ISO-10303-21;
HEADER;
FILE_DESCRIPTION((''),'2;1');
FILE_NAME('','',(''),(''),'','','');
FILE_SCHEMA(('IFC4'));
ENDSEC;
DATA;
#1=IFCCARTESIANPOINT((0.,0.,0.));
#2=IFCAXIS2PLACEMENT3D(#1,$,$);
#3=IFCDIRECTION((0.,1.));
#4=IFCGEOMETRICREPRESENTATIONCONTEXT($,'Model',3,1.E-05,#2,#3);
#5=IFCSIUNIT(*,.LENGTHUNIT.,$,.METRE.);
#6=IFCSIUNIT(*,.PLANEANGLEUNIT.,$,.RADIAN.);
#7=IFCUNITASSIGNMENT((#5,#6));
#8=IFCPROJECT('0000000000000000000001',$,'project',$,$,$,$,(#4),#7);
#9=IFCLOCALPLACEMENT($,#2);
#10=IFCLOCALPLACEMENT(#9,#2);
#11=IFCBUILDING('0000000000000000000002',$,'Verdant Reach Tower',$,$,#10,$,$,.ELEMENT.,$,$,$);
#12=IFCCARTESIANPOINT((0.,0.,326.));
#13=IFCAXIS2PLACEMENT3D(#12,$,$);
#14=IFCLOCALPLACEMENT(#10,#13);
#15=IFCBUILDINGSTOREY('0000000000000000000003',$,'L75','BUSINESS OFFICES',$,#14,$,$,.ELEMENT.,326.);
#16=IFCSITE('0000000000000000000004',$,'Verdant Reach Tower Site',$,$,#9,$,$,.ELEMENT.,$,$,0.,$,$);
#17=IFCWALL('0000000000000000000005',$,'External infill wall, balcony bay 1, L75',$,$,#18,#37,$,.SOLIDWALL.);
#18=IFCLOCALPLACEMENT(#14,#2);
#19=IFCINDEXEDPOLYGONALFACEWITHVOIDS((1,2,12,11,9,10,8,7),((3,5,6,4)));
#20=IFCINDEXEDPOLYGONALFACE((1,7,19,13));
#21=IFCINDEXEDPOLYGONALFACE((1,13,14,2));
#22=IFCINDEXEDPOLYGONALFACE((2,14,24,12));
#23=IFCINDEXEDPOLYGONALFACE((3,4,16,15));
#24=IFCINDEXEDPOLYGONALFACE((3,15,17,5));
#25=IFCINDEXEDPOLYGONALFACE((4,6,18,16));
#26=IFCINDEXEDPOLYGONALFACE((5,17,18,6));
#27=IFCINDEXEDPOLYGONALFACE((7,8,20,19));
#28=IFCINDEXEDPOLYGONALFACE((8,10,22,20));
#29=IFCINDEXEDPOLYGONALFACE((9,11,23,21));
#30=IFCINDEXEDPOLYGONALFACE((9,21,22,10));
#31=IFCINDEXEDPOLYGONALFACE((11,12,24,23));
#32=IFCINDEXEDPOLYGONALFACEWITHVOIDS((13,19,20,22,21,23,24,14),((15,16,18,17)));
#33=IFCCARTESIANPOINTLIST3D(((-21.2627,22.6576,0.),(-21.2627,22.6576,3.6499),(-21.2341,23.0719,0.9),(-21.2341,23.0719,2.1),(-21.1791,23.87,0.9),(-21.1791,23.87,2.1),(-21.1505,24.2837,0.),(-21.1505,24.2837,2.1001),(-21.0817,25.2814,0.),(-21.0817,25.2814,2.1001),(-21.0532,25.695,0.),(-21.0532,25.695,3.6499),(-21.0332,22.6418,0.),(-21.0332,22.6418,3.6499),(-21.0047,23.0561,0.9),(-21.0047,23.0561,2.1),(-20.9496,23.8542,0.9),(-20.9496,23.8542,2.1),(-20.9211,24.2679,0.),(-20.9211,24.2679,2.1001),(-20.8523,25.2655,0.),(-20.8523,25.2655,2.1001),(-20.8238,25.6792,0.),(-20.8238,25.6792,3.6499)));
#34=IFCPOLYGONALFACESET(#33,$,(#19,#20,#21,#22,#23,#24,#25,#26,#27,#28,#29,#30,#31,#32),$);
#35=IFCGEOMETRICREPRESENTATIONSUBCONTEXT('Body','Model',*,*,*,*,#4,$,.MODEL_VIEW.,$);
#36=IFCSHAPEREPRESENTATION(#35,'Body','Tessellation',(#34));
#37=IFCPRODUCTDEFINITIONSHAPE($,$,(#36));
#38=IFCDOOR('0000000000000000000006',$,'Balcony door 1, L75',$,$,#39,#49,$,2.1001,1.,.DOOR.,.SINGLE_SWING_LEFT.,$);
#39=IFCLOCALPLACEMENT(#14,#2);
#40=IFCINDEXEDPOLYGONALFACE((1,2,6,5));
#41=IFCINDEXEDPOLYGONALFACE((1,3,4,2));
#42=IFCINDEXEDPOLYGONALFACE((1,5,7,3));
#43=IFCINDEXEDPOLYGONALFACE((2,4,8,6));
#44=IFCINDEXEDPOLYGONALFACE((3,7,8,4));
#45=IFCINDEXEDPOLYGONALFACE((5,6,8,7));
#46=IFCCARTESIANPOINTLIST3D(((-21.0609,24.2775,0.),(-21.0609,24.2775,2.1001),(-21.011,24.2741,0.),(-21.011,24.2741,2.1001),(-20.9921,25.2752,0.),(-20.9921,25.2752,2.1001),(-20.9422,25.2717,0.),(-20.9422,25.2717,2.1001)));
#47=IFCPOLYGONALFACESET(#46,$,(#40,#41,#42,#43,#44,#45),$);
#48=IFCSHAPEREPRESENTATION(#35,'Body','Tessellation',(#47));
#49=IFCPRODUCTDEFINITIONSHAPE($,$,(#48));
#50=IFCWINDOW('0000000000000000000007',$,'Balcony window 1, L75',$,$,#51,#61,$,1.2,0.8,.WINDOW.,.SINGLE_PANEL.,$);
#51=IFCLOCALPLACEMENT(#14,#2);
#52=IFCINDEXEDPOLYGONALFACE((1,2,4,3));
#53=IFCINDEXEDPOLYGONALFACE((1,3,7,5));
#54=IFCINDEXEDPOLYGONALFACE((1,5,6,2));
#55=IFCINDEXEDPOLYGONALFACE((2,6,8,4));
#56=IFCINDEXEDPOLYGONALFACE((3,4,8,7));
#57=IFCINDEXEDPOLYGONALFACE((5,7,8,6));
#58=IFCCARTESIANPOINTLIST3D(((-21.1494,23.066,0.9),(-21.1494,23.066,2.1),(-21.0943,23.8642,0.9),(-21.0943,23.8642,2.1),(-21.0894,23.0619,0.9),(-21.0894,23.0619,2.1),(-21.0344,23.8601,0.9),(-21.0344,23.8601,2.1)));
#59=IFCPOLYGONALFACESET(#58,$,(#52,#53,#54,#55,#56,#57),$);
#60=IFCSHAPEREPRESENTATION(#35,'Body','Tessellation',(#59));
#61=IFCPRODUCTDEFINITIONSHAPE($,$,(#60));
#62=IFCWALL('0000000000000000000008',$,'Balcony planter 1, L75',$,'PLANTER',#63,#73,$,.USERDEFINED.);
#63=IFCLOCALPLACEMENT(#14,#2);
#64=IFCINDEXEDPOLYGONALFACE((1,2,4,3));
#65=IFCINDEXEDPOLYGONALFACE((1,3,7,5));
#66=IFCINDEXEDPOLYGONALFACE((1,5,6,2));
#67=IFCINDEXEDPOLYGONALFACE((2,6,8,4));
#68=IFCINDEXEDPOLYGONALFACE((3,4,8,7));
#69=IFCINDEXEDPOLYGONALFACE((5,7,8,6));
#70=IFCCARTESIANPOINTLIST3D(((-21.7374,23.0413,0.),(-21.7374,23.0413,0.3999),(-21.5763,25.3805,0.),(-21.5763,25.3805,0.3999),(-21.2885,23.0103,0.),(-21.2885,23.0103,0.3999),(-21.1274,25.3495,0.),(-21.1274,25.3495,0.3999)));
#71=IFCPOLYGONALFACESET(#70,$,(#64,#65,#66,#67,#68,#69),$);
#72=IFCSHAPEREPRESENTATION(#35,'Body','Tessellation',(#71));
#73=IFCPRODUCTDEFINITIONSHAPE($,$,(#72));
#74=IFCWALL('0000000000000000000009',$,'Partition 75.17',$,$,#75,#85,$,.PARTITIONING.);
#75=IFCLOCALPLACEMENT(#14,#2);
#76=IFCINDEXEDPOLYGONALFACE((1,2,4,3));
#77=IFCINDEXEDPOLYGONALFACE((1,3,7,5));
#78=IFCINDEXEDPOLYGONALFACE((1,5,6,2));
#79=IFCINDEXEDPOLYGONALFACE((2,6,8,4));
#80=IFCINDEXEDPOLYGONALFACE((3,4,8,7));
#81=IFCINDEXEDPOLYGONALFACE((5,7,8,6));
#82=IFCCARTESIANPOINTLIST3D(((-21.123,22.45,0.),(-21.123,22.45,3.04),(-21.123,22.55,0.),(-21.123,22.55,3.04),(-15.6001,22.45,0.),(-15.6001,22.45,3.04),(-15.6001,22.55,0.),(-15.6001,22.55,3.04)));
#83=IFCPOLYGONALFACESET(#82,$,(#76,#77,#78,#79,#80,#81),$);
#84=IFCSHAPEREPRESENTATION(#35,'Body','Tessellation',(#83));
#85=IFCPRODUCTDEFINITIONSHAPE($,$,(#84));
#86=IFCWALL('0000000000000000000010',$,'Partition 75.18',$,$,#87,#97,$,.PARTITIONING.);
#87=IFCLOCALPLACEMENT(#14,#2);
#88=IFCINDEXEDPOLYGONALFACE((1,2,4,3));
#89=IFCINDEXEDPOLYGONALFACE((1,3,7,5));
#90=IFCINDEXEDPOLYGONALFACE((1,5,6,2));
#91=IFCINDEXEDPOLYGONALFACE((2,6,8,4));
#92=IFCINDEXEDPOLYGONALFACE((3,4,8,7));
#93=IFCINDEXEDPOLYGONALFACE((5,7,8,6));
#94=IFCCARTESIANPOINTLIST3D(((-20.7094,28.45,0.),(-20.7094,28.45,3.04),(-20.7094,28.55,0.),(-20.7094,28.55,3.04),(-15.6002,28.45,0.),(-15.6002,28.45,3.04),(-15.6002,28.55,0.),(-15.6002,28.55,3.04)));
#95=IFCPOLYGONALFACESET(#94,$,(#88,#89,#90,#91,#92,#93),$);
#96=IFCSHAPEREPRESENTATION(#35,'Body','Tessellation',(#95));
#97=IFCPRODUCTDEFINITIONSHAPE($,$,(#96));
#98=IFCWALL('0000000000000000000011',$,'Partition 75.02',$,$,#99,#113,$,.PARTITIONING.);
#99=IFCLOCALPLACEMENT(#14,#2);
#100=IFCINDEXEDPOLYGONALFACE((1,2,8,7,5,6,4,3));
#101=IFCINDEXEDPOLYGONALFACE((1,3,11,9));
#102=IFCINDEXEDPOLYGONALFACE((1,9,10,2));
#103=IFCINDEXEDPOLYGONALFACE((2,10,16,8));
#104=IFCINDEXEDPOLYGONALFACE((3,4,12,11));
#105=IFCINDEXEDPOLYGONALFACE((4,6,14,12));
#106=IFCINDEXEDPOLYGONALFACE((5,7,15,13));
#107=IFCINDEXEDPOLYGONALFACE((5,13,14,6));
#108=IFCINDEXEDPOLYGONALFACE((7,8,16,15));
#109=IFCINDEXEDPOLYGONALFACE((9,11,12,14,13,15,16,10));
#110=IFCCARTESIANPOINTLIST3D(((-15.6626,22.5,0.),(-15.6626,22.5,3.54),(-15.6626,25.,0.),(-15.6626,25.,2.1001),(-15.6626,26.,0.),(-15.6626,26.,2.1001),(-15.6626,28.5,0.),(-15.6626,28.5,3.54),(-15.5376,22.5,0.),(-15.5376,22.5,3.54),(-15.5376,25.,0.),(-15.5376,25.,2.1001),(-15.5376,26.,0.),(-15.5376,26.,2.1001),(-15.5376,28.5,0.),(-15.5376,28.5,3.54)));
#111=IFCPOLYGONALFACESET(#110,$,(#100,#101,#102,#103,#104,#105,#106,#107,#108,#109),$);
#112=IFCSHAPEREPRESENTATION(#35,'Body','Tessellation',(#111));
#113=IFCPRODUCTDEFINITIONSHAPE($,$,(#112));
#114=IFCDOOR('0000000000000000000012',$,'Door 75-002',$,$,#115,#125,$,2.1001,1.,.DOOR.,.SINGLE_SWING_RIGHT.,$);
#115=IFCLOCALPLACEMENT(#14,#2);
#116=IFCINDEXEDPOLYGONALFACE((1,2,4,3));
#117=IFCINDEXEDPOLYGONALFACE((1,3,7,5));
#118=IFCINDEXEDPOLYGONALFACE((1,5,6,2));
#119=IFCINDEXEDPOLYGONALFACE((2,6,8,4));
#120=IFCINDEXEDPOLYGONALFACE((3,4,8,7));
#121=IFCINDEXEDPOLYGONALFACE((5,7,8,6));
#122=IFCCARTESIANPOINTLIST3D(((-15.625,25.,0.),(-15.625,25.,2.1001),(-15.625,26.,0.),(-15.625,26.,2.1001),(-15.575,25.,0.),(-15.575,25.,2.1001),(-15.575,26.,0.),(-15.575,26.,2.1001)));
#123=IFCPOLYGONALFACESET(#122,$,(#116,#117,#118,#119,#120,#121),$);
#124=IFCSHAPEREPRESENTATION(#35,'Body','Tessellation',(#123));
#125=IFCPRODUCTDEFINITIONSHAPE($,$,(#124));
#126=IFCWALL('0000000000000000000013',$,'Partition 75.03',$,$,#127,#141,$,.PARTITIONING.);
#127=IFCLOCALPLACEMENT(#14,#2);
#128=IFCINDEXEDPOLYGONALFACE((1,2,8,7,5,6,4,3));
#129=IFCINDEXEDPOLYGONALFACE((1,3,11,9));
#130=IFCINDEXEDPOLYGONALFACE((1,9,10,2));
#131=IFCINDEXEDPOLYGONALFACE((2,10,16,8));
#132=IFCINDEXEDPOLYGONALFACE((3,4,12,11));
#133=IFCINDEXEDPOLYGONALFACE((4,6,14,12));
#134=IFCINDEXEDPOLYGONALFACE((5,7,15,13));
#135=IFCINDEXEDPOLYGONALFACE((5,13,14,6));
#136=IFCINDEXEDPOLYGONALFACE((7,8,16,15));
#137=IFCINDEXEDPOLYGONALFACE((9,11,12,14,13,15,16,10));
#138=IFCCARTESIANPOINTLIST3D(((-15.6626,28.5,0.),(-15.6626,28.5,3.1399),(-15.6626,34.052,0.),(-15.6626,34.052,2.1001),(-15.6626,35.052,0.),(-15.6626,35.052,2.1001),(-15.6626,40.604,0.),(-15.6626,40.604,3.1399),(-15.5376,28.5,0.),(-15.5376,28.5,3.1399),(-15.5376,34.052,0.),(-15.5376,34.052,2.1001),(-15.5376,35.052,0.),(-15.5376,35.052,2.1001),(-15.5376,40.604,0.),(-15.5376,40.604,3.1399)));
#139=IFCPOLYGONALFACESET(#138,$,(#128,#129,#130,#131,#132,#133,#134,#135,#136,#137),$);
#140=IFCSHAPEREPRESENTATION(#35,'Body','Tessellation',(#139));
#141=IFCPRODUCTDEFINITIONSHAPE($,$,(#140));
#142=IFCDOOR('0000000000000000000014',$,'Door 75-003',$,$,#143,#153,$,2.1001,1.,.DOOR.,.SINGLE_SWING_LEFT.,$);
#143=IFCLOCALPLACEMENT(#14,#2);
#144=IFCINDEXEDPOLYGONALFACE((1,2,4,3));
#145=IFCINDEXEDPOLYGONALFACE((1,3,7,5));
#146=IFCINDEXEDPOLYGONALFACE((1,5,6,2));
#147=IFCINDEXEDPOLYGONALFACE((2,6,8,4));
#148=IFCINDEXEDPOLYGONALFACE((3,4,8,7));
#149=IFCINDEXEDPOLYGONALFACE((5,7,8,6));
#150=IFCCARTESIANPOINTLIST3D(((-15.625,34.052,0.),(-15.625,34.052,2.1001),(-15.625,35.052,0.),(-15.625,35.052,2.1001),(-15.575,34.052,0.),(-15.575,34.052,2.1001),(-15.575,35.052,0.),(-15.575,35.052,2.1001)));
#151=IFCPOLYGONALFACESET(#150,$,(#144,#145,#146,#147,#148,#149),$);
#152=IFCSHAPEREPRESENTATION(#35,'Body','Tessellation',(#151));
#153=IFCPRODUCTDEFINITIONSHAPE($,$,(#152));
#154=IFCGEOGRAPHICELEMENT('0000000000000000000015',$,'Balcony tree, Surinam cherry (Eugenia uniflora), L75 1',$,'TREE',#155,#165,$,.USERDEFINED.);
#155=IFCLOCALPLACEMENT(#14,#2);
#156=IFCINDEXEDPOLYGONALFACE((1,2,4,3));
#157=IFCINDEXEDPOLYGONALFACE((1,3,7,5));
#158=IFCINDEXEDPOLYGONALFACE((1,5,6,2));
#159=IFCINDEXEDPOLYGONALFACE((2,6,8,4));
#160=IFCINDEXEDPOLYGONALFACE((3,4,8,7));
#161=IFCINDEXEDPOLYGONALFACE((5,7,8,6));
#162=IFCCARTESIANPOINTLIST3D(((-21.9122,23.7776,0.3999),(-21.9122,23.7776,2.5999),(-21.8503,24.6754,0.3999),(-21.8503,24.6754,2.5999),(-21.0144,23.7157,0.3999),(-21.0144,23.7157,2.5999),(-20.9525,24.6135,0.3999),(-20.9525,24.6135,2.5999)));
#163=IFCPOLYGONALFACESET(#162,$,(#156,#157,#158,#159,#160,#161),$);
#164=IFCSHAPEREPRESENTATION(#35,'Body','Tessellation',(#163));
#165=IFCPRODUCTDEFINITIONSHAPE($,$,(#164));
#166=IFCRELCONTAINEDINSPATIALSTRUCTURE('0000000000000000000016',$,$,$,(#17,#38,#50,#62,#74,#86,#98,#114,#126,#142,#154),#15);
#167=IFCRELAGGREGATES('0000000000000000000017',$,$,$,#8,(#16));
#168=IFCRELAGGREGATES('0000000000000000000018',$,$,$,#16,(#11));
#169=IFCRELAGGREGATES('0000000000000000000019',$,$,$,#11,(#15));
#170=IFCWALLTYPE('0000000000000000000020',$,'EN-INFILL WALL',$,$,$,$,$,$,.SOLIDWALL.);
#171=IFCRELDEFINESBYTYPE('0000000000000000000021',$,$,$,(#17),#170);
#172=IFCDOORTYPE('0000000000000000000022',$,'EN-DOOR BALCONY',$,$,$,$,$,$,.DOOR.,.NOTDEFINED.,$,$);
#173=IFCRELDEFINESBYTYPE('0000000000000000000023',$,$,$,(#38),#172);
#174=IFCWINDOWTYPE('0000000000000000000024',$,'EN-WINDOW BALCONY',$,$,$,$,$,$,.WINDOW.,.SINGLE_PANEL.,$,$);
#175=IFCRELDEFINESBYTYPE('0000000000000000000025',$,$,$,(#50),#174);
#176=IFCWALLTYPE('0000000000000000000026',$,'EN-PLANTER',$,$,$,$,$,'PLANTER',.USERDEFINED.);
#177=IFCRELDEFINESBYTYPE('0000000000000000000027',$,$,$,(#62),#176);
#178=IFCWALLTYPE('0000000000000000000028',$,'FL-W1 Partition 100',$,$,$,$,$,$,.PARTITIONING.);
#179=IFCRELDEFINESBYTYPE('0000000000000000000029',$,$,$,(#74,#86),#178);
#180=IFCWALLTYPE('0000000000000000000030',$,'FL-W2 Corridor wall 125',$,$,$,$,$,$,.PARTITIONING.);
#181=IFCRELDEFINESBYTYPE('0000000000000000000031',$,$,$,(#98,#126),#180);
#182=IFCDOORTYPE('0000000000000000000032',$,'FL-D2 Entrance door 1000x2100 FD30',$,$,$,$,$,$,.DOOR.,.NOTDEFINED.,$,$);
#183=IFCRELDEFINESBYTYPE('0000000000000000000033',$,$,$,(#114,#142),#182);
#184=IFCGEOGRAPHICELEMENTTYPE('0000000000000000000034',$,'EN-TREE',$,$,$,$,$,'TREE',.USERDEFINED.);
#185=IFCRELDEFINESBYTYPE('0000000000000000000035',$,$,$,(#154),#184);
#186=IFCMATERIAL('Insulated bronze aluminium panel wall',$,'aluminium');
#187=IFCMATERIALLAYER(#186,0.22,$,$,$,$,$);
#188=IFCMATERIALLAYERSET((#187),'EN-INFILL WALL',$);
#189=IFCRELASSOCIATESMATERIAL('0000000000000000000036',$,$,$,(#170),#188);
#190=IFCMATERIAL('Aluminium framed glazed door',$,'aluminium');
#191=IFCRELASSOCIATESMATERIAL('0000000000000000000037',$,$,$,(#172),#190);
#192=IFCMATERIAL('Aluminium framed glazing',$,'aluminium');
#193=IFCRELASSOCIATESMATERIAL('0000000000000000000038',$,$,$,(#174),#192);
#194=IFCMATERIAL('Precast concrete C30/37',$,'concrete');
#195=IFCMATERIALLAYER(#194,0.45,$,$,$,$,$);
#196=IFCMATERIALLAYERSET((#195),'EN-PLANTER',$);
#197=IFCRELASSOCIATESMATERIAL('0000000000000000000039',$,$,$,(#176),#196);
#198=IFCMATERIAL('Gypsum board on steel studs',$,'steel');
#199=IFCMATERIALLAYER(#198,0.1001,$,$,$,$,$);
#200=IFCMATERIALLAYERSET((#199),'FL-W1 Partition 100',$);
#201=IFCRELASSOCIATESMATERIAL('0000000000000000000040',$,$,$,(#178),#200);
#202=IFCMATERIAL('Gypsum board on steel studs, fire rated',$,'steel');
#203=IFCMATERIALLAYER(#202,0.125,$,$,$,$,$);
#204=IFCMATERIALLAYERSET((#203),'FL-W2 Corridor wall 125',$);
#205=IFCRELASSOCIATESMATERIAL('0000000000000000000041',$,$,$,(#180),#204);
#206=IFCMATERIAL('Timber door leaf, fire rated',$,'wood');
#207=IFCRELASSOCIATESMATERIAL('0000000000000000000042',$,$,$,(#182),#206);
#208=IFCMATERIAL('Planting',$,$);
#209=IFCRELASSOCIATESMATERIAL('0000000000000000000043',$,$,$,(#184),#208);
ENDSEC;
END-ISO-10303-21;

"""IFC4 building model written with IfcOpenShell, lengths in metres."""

from ifc_helpers import new_model, si_unit, direction, frame, frame_2d, origin, origin_2d, place, context, subcontext, project, spatial, rectangle, extrude, material, layer, layer_set, type_object, element, fill, save


model = new_model("IFC4")

# Units and contexts
model_context = context("Model", 3, precision=1e-05, world=origin(), true_north=direction((0.0, 1.0)))
body_context = subcontext(model_context, "Body", "Model", "MODEL_VIEW")
ifc_project = project(units=[si_unit("LENGTHUNIT", "METRE"), si_unit("PLANEANGLEUNIT", "RADIAN")], contexts=[model_context])

# Site, building, storey
site_placement = place(None, origin())
site = spatial("IfcSite", under=ifc_project, at=site_placement, Name="Verdant Reach Tower Site", CompositionType="ELEMENT", RefElevation=0.0)
building_placement = place(site_placement, origin())
building = spatial("IfcBuilding", under=site, at=building_placement, Name="Verdant Reach Tower", CompositionType="ELEMENT")
storey_placement = place(building_placement, frame((0.0, 0.0, 326.0)))
storey = spatial("IfcBuildingStorey", under=building, at=storey_placement, Name="L75", Description="BUSINESS OFFICES", CompositionType="ELEMENT", Elevation=326.0)

# Wall, openings, door, window
ifc_material_1 = material(Name="Insulated bronze aluminium panel wall", Category="aluminium")
ifc_layer_1 = layer(ifc_material_1, 0.22)
ifc_layer_set_1 = layer_set([ifc_layer_1], Name="EN-INFILL WALL")
wall_type_1 = type_object("IfcWallType", Name="EN-INFILL WALL", PredefinedType="SOLIDWALL", material=ifc_layer_set_1)
wall_1_placement = place(storey_placement, frame((-20.9385, 25.6873, 0.0), z_axis=(0.0, 0.0, 1.0), x_axis=(-0.068802, -0.99763, 0.0)))
wall_1 = element("IfcWall", 1, at=wall_1_placement, inside=storey, type_object=wall_type_1, Name="External infill wall, balcony bay 1, L75", PredefinedType="SOLIDWALL", context=body_context, shape_type="SweptSolid", body=[
    extrude(rectangle(XDim=3.0447, YDim=0.23, at=frame_2d((1.5225, 0.0))), origin(), (0.0, 0.0, 1.0), 3.6499),
])
opening_1_placement = place(wall_1_placement, frame((0.4148, 0.0, 0.0)))
opening_1 = element("IfcOpeningElement", 2, at=opening_1_placement, cuts=wall_1, PredefinedType="OPENING", context=body_context, shape_type="SweptSolid", body=[
    extrude(rectangle(XDim=1.0, YDim=2.1001, at=frame_2d((0.5, 1.05))), frame((0.0, 0.125, 0.0), z_axis=(0.0, -1.0, 0.0), x_axis=(1.0, 0.0, 0.0)), (0.0, 0.0, 1.0), 0.25),
])
opening_2_placement = place(wall_1_placement, frame((1.8296, 0.0, 0.8999)))
opening_2 = element("IfcOpeningElement", 3, at=opening_2_placement, cuts=wall_1, PredefinedType="OPENING", context=body_context, shape_type="SweptSolid", body=[
    extrude(rectangle(XDim=0.8, YDim=1.2, at=frame_2d((0.3999, 0.6001))), frame((0.0, 0.125, 0.0), z_axis=(0.0, -1.0, 0.0), x_axis=(1.0, 0.0, 0.0)), (0.0, 0.0, 1.0), 0.25),
])
ifc_material_2 = material(Name="Aluminium framed glazed door", Category="aluminium")
door_type_1 = type_object("IfcDoorType", Name="EN-DOOR BALCONY", OperationType="NOTDEFINED", PredefinedType="DOOR", material=ifc_material_2)
door_1_placement = place(opening_1_placement, origin())
door_1 = element("IfcDoor", 4, at=door_1_placement, inside=storey, type_object=door_type_1, Name="Balcony door 1, L75", OperationType="SINGLE_SWING_LEFT", OverallHeight=2.1001, OverallWidth=1.0, PredefinedType="DOOR", context=body_context, shape_type="SweptSolid", body=[
    extrude(rectangle(XDim=1.0, YDim=2.1001, at=frame_2d((0.5, 1.05))), frame((0.0, 0.0249, 0.0), z_axis=(0.0, -1.0, 0.0), x_axis=(1.0, 0.0, 0.0)), (0.0, 0.0, 1.0), 0.05),
])
fill(opening_1, door_1)
ifc_material_3 = material(Name="Aluminium framed glazing", Category="aluminium")
window_type = type_object("IfcWindowType", Name="EN-WINDOW BALCONY", PartitioningType="SINGLE_PANEL", PredefinedType="WINDOW", material=ifc_material_3)
window_placement = place(opening_2_placement, origin())
window = element("IfcWindow", 5, at=window_placement, inside=storey, type_object=window_type, Name="Balcony window 1, L75", OverallHeight=1.2, OverallWidth=0.8, PartitioningType="SINGLE_PANEL", PredefinedType="WINDOW", context=body_context, shape_type="SweptSolid", body=[
    extrude(rectangle(XDim=0.8, YDim=1.2, at=frame_2d((0.3999, 0.6001))), frame((0.0, 0.03, 0.0), z_axis=(0.0, -1.0, 0.0), x_axis=(1.0, 0.0, 0.0)), (0.0, 0.0, 1.0), 0.0601),
])
fill(opening_2, window)

# Walls
ifc_material_4 = material(Name="Precast concrete C30/37", Category="concrete")
ifc_layer_2 = layer(ifc_material_4, 0.45)
ifc_layer_set_2 = layer_set([ifc_layer_2], Name="EN-PLANTER")
wall_type_2 = type_object("IfcWallType", Name="EN-PLANTER", ElementType="PLANTER", PredefinedType="USERDEFINED", material=ifc_layer_set_2)
wall_2_placement = place(storey_placement, frame((-21.3518, 25.365, 0.0), z_axis=(0.0, 0.0, 1.0), x_axis=(-0.068723, -0.997636, 0.0)))
element("IfcWall", 6, at=wall_2_placement, inside=storey, type_object=wall_type_2, Name="Balcony planter 1, L75", ObjectType="PLANTER", PredefinedType="USERDEFINED", context=body_context, shape_type="SweptSolid", body=[
    extrude(rectangle(XDim=2.3447, YDim=0.45, at=frame_2d((1.1724, 0.0))), origin(), (0.0, 0.0, 1.0), 0.3999),
])
ifc_material_5 = material(Name="Gypsum board on steel studs", Category="steel")
ifc_layer_3 = layer(ifc_material_5, 0.1001)
ifc_layer_set_3 = layer_set([ifc_layer_3], Name="FL-W1 Partition 100")
wall_type_3 = type_object("IfcWallType", Name="FL-W1 Partition 100", PredefinedType="PARTITIONING", material=ifc_layer_set_3)
wall_3_placement = place(storey_placement, frame((-15.6001, 22.5, 0.0), z_axis=(0.0, 0.0, 1.0), x_axis=(-1.0, 0.0, 0.0)))
element("IfcWall", 7, at=wall_3_placement, inside=storey, type_object=wall_type_3, Name="Partition 75.17", PredefinedType="PARTITIONING", context=body_context, shape_type="SweptSolid", body=[
    extrude(rectangle(XDim=5.5229, YDim=0.1001, at=frame_2d((2.7615, 0.0))), origin(), (0.0, 0.0, 1.0), 3.04),
])
wall_4_placement = place(storey_placement, frame((-15.6001, 28.5, 0.0), z_axis=(0.0, 0.0, 1.0), x_axis=(-1.0, 0.0, 0.0)))
element("IfcWall", 8, at=wall_4_placement, inside=storey, type_object=wall_type_3, Name="Partition 75.18", PredefinedType="PARTITIONING", context=body_context, shape_type="SweptSolid", body=[
    extrude(rectangle(XDim=5.1091, YDim=0.1001, at=frame_2d((2.5547, 0.0))), origin(), (0.0, 0.0, 1.0), 3.04),
])

# Walls, openings, doors
ifc_material_6 = material(Name="Gypsum board on steel studs, fire rated", Category="steel")
ifc_layer_4 = layer(ifc_material_6, 0.125)
ifc_layer_set_4 = layer_set([ifc_layer_4], Name="FL-W2 Corridor wall 125")
wall_type_4 = type_object("IfcWallType", Name="FL-W2 Corridor wall 125", PredefinedType="PARTITIONING", material=ifc_layer_set_4)
wall_5_placement = place(storey_placement, frame((-15.6001, 22.5, 0.0), z_axis=(0.0, 0.0, 1.0), x_axis=(0.0, 1.0, 0.0)))
wall_5 = element("IfcWall", 9, at=wall_5_placement, inside=storey, type_object=wall_type_4, Name="Partition 75.02", PredefinedType="PARTITIONING", context=body_context, shape_type="SweptSolid", body=[
    extrude(rectangle(XDim=6.0, YDim=0.125, at=frame_2d((3.0, 0.0))), origin(), (0.0, 0.0, 1.0), 3.54),
])
opening_3_placement = place(wall_5_placement, frame((2.5, 0.0, 0.0)))
opening_3 = element("IfcOpeningElement", 10, at=opening_3_placement, cuts=wall_5, PredefinedType="OPENING", context=body_context, shape_type="SweptSolid", body=[
    extrude(rectangle(XDim=1.0, YDim=2.1001, at=frame_2d((0.5, 1.05))), frame((0.0, 0.0725, 0.0), z_axis=(0.0, -1.0, 0.0), x_axis=(1.0, 0.0, 0.0)), (0.0, 0.0, 1.0), 0.145),
])
ifc_material_7 = material(Name="Timber door leaf, fire rated", Category="wood")
door_type_2 = type_object("IfcDoorType", Name="FL-D2 Entrance door 1000x2100 FD30", OperationType="NOTDEFINED", PredefinedType="DOOR", material=ifc_material_7)
door_2_placement = place(opening_3_placement, origin())
door_2 = element("IfcDoor", 11, at=door_2_placement, inside=storey, type_object=door_type_2, Name="Door 75-002", OperationType="SINGLE_SWING_RIGHT", OverallHeight=2.1001, OverallWidth=1.0, PredefinedType="DOOR", context=body_context, shape_type="SweptSolid", body=[
    extrude(rectangle(XDim=1.0, YDim=2.1001, at=frame_2d((0.5, 1.05))), frame((0.0, 0.0249, 0.0), z_axis=(0.0, -1.0, 0.0), x_axis=(1.0, 0.0, 0.0)), (0.0, 0.0, 1.0), 0.05),
])
fill(opening_3, door_2)
wall_6_placement = place(storey_placement, frame((-15.6001, 28.5, 0.0), z_axis=(0.0, 0.0, 1.0), x_axis=(0.0, 1.0, 0.0)))
wall_6 = element("IfcWall", 12, at=wall_6_placement, inside=storey, type_object=wall_type_4, Name="Partition 75.03", PredefinedType="PARTITIONING", context=body_context, shape_type="SweptSolid", body=[
    extrude(rectangle(XDim=12.104, YDim=0.125, at=frame_2d((6.052, 0.0))), origin(), (0.0, 0.0, 1.0), 3.1399),
])
opening_4_placement = place(wall_6_placement, frame((5.552, 0.0, 0.0)))
opening_4 = element("IfcOpeningElement", 13, at=opening_4_placement, cuts=wall_6, PredefinedType="OPENING", context=body_context, shape_type="SweptSolid", body=[
    extrude(rectangle(XDim=1.0, YDim=2.1001, at=frame_2d((0.5, 1.05))), frame((0.0, 0.0725, 0.0), z_axis=(0.0, -1.0, 0.0), x_axis=(1.0, 0.0, 0.0)), (0.0, 0.0, 1.0), 0.145),
])
door_3_placement = place(opening_4_placement, origin())
door_3 = element("IfcDoor", 14, at=door_3_placement, inside=storey, type_object=door_type_2, Name="Door 75-003", OperationType="SINGLE_SWING_LEFT", OverallHeight=2.1001, OverallWidth=1.0, PredefinedType="DOOR", context=body_context, shape_type="SweptSolid", body=[
    extrude(rectangle(XDim=1.0, YDim=2.1001, at=frame_2d((0.5, 1.05))), frame((0.0, 0.0249, 0.0), z_axis=(0.0, -1.0, 0.0), x_axis=(1.0, 0.0, 0.0)), (0.0, 0.0, 1.0), 0.05),
])
fill(opening_4, door_3)

# Geographic element
ifc_material_8 = material(Name="Planting")
geographic_element_type = type_object("IfcGeographicElementType", Name="EN-TREE", ElementType="TREE", PredefinedType="USERDEFINED", material=ifc_material_8)
geographic_element_placement = place(storey_placement, frame((-21.4324, 24.1956, 0.3999), z_axis=(0.0, 0.0, 1.0), x_axis=(-0.068802, -0.99763, 0.0)))
element("IfcGeographicElement", 15, at=geographic_element_placement, inside=storey, type_object=geographic_element_type, Name="Balcony tree, Surinam cherry (Eugenia uniflora), L75 1", ObjectType="TREE", PredefinedType="USERDEFINED", context=body_context, shape_type="SweptSolid", body=[
    extrude(rectangle(XDim=0.8999, YDim=0.8999, at=origin_2d()), origin(), (0.0, 0.0, 1.0), 2.2),
])

save(model, "model.ifc")
